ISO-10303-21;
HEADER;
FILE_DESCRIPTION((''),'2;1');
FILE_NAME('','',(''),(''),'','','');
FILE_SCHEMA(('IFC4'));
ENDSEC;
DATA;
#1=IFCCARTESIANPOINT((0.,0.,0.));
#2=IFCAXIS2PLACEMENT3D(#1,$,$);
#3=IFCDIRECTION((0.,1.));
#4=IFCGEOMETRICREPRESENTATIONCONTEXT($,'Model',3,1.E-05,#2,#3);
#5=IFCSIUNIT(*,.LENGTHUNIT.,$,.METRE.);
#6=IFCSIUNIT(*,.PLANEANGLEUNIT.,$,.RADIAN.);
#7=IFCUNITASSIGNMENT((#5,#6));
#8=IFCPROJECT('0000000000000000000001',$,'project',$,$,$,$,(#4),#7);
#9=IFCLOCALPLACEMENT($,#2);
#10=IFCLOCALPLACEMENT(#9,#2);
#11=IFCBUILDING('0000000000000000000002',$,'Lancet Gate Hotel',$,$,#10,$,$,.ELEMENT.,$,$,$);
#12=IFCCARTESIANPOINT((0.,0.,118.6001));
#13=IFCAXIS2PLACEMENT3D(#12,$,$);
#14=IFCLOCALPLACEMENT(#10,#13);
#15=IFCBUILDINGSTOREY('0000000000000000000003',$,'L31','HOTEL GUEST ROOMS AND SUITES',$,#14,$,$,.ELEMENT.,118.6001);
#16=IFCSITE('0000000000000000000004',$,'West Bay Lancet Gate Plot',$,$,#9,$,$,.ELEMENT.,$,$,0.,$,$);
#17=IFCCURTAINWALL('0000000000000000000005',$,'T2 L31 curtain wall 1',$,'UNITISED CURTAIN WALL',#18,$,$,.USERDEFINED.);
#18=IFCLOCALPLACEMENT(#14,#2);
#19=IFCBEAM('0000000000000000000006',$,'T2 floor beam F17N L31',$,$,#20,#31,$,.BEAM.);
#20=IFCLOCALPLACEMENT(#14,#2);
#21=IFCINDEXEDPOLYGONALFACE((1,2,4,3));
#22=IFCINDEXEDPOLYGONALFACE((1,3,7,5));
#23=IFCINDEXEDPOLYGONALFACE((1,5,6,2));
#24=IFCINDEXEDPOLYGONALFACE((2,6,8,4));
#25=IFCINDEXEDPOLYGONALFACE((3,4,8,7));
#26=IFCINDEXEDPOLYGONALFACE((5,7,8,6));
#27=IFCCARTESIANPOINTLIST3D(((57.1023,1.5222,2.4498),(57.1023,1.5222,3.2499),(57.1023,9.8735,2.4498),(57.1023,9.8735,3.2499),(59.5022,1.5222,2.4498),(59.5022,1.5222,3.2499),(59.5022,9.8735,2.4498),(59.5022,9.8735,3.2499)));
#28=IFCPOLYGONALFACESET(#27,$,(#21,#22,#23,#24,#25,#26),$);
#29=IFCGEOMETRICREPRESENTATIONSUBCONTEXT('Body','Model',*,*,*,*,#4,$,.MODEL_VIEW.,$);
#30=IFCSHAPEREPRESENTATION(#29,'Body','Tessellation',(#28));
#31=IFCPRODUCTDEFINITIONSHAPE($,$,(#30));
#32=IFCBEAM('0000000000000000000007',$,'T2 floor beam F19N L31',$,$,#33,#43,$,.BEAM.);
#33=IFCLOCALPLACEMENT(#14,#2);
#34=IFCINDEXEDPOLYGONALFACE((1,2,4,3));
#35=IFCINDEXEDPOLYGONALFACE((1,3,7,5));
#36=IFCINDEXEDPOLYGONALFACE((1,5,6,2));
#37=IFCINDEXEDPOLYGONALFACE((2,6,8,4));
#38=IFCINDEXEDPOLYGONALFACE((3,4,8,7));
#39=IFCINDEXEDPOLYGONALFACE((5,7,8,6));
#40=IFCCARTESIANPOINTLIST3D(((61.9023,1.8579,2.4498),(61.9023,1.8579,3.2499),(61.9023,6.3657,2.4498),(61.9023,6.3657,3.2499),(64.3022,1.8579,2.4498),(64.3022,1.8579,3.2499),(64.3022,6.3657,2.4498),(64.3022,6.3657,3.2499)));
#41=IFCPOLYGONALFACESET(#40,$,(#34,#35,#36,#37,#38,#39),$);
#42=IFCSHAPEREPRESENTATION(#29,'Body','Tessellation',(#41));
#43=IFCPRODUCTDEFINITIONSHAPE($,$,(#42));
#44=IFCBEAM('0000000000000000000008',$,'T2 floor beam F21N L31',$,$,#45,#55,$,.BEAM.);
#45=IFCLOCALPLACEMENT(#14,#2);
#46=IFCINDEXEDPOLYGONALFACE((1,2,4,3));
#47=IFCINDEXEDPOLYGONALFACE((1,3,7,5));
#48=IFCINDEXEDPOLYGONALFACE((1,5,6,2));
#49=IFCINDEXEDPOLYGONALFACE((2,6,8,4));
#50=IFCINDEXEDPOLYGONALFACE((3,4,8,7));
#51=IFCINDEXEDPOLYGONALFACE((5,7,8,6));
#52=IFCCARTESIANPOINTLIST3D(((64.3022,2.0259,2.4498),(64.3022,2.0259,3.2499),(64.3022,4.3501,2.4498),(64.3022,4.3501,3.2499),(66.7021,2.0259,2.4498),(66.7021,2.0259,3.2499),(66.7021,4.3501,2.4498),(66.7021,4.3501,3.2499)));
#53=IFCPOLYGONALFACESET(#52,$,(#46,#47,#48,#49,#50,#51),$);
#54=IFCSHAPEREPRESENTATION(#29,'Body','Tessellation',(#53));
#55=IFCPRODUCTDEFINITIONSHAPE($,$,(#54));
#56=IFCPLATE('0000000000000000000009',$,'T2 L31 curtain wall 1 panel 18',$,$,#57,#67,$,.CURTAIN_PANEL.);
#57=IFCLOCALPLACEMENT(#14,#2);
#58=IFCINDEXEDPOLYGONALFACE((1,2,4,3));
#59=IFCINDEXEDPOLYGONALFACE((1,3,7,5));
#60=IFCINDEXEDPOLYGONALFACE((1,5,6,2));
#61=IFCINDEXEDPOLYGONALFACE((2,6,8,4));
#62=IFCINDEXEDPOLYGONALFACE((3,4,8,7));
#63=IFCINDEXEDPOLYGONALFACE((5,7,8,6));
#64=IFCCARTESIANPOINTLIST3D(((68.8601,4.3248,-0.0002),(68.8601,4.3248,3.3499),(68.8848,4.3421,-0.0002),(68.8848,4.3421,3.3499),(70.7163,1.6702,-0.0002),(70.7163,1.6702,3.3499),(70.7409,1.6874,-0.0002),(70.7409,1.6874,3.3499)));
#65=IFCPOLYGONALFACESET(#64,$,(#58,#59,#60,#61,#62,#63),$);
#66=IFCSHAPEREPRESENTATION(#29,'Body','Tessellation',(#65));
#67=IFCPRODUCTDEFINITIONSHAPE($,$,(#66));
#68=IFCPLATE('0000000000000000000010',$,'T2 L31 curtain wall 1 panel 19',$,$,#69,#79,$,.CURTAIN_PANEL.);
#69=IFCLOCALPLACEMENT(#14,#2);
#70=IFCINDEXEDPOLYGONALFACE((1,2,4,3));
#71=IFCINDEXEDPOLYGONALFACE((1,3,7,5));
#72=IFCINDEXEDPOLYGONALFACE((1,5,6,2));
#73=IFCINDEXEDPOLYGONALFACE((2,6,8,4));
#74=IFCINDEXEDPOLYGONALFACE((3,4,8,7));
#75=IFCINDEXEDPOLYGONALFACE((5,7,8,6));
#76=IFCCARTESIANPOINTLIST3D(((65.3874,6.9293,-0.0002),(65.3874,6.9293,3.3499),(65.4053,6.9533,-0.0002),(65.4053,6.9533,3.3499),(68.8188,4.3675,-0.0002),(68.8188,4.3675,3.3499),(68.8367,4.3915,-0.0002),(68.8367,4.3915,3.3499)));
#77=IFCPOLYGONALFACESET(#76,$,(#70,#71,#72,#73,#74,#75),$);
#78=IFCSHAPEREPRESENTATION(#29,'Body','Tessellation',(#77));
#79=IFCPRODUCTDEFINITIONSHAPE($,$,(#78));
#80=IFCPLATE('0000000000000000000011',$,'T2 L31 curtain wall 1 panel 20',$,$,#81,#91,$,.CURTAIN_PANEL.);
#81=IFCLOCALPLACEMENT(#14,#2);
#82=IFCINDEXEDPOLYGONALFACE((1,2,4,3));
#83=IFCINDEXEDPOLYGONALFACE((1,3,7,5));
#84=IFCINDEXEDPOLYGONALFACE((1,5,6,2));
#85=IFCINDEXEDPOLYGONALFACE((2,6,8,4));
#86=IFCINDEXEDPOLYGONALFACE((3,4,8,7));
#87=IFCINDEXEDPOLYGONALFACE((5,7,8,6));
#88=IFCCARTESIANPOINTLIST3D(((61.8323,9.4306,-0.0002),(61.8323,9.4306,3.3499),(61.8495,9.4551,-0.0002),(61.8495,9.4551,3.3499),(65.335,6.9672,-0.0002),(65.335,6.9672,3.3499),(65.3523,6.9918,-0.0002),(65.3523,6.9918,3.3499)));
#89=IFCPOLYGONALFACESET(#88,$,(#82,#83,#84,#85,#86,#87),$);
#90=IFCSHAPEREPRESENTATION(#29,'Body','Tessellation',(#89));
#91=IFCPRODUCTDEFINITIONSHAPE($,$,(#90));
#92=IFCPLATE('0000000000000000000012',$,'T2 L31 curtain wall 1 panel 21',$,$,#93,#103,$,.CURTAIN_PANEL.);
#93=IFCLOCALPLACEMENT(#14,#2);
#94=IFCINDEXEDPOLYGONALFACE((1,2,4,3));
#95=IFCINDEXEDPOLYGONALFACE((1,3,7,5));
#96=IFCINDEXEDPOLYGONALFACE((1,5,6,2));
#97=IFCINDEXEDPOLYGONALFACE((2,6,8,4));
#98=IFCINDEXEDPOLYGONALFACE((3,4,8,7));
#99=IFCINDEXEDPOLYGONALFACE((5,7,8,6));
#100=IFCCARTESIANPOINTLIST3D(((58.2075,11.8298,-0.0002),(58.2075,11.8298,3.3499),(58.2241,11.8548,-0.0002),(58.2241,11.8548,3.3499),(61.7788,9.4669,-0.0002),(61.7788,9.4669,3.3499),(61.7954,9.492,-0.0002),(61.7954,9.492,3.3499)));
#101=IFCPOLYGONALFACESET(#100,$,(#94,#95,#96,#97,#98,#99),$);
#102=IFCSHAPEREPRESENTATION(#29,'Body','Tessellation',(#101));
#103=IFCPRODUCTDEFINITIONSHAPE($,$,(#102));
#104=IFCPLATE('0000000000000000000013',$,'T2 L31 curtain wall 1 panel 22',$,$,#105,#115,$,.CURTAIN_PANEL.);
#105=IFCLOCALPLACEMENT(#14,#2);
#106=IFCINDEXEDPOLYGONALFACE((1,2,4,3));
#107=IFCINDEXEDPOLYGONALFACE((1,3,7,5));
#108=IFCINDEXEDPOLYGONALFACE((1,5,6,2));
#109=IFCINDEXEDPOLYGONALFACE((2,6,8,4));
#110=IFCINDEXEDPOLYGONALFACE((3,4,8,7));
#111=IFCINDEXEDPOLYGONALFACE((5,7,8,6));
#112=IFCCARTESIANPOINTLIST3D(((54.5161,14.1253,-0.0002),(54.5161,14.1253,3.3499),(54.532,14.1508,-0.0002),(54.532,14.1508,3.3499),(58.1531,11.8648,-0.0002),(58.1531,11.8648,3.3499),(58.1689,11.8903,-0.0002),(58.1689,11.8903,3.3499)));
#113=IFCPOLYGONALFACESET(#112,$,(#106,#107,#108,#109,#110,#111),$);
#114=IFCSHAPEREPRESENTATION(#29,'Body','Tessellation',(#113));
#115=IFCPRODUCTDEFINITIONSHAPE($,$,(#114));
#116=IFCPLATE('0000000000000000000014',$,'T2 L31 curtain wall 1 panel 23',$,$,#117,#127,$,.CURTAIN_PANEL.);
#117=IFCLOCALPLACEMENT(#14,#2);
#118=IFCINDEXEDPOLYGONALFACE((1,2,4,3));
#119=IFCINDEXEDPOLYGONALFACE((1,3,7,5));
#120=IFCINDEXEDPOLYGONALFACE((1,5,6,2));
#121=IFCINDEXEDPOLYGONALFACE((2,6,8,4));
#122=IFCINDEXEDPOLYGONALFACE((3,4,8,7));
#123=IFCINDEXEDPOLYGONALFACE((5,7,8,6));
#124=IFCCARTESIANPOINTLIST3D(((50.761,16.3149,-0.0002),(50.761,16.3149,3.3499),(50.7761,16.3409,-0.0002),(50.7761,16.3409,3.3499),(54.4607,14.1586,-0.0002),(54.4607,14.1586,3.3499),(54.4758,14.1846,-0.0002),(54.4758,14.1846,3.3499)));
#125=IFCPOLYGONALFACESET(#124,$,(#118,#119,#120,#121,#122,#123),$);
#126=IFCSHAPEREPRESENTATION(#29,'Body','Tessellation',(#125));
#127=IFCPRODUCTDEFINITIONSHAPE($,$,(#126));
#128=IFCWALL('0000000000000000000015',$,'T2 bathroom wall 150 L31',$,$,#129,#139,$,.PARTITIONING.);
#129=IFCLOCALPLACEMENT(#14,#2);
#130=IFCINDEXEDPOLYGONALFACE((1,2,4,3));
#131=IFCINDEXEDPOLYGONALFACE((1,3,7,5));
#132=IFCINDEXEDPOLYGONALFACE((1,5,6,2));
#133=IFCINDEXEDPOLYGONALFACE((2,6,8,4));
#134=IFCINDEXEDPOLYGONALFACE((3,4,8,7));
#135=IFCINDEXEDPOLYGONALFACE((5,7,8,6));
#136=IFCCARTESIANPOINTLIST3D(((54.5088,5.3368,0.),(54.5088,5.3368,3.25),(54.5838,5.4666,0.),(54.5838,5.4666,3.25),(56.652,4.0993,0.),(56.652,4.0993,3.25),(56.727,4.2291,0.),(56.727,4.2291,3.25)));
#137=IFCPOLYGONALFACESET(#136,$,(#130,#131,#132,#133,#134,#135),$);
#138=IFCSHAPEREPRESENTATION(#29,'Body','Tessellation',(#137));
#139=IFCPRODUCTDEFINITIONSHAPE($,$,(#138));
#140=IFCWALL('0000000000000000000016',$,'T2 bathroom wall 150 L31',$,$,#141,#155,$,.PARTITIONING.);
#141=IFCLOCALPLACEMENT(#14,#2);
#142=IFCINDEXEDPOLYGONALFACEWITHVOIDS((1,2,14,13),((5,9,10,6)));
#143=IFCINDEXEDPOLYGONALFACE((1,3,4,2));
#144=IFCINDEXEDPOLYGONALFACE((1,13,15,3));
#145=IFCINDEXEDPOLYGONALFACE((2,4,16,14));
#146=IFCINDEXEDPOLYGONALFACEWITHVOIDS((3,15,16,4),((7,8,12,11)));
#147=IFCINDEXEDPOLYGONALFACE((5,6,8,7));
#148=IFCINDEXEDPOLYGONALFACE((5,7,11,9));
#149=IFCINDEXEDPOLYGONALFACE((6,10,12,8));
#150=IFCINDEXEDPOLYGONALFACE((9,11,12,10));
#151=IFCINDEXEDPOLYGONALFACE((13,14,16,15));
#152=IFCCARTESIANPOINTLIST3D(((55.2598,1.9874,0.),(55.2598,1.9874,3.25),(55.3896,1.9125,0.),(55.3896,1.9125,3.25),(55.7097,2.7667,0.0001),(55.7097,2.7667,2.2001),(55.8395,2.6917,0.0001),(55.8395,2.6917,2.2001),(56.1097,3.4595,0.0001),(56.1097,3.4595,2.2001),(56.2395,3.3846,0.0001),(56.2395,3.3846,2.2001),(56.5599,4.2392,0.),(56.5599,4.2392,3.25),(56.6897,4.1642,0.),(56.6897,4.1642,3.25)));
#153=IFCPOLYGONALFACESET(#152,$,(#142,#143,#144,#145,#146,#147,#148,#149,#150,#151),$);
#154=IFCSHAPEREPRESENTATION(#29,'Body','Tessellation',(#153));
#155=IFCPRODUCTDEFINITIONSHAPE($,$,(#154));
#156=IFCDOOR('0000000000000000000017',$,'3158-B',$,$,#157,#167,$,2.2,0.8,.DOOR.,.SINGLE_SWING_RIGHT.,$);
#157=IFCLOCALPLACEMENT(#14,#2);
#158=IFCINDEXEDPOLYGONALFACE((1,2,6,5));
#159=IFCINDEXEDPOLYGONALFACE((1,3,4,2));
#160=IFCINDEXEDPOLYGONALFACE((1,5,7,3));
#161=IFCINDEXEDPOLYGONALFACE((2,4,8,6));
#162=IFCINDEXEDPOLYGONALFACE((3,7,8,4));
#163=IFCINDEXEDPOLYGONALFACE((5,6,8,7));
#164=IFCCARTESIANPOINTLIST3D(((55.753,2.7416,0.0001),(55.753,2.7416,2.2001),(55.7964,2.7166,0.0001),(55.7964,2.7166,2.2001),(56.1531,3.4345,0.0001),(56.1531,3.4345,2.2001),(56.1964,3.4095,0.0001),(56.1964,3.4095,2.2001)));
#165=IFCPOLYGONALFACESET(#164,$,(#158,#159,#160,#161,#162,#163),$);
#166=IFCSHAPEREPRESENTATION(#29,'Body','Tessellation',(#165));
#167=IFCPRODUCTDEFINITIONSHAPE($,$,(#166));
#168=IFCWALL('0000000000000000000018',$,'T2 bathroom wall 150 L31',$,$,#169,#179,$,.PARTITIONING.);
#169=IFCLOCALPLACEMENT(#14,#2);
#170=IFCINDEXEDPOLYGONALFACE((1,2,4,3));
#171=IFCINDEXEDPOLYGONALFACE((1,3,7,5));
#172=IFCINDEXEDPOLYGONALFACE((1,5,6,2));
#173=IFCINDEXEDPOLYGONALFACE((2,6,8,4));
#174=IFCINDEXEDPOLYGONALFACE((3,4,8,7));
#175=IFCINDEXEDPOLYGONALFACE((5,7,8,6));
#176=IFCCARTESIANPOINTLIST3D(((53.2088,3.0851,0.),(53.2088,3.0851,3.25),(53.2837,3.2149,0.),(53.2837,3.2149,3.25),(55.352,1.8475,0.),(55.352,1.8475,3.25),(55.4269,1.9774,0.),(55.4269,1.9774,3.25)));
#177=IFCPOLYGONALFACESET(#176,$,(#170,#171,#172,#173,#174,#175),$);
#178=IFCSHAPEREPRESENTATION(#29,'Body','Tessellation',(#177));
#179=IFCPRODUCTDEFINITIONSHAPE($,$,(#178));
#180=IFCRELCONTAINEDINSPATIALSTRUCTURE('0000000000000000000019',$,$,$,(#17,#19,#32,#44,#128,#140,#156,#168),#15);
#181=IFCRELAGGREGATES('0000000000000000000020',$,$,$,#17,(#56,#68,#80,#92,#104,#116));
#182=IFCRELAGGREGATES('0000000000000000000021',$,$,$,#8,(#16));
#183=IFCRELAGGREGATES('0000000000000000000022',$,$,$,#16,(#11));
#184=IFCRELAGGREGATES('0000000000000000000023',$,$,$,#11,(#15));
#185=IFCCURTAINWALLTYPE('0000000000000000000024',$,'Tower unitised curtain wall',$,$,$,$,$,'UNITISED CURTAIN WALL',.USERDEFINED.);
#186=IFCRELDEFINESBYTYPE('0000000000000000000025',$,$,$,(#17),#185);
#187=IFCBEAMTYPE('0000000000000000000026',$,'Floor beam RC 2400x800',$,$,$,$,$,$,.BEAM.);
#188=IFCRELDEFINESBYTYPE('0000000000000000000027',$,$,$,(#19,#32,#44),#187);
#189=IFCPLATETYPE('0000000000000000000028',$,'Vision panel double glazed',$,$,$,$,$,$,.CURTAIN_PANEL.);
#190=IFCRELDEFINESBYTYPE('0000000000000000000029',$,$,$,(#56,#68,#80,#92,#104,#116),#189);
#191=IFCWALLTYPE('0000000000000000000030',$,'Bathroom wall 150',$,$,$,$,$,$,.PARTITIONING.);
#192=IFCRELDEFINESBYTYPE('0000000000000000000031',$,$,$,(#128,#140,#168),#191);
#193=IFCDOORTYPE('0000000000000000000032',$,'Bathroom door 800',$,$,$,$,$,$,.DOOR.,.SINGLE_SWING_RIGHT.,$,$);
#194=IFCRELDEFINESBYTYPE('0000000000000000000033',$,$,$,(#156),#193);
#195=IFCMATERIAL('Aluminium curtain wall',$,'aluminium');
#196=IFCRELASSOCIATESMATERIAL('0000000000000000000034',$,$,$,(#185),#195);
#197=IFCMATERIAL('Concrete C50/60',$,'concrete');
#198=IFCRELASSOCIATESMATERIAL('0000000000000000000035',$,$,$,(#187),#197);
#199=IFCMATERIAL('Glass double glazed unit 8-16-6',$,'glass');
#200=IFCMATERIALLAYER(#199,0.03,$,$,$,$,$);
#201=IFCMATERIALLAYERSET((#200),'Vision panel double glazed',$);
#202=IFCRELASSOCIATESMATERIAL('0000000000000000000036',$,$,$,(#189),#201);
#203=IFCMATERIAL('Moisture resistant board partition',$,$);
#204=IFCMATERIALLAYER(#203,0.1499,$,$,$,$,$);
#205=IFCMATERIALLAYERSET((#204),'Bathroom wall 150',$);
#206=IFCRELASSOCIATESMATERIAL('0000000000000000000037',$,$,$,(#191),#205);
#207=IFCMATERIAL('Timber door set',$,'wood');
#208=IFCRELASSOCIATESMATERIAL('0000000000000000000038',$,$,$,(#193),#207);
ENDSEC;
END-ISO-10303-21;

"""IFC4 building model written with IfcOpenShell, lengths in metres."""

from ifc_helpers import new_model, si_unit, direction, frame, frame_2d, origin, origin_2d, place, context, subcontext, project, spatial, rectangle, extrude, material, layer, layer_set, material_profile, profile_set, type_object, element, fill, aggregate, save


model = new_model("IFC4")

# Units and contexts
model_context = context("Model", 3, precision=1e-05, world=origin(), true_north=direction((0.0, 1.0)))
body_context = subcontext(model_context, "Body", "Model", "MODEL_VIEW")
ifc_project = project(units=[si_unit("LENGTHUNIT", "METRE"), si_unit("PLANEANGLEUNIT", "RADIAN")], contexts=[model_context])

# Site, building, storey
site_placement = place(None, origin())
site = spatial("IfcSite", under=ifc_project, at=site_placement, Name="West Bay Lancet Gate Plot", CompositionType="ELEMENT", RefElevation=0.0)
building_placement = place(site_placement, origin())
building = spatial("IfcBuilding", under=site, at=building_placement, Name="Lancet Gate Hotel", CompositionType="ELEMENT")
storey_placement = place(building_placement, frame((0.0, 0.0, 118.6001)))
storey = spatial("IfcBuildingStorey", under=building, at=storey_placement, Name="L31", Description="HOTEL GUEST ROOMS AND SUITES", CompositionType="ELEMENT", Elevation=118.6001)

# Curtain wall
ifc_material_1 = material(Name="Aluminium curtain wall", Category="aluminium")
curtain_wall_type = type_object("IfcCurtainWallType", Name="Tower unitised curtain wall", ElementType="UNITISED CURTAIN WALL", PredefinedType="USERDEFINED", material=ifc_material_1)
curtain_wall_placement = place(storey_placement, origin())
curtain_wall = element("IfcCurtainWall", 1, at=curtain_wall_placement, inside=storey, type_object=curtain_wall_type, Name="T2 L31 curtain wall 1", ObjectType="UNITISED CURTAIN WALL", PredefinedType="USERDEFINED")

# Beams
ifc_material_2 = material(Name="Concrete C50/60", Category="concrete")
ifc_material_profile_1 = material_profile(ifc_material_2, rectangle(XDim=2.3999, YDim=0.8, at=origin_2d()), Name="RC 2400x800")
ifc_profile_set_1 = profile_set([ifc_material_profile_1], Name="Concrete C50/60")
beam_type_1 = type_object("IfcBeamType", Name="Floor beam RC 2400x800", PredefinedType="BEAM", material=ifc_profile_set_1)
beam_1_placement = place(storey_placement, frame((58.3022, 1.5222, 2.8499), z_axis=(0.0, 1.0, 0.0), x_axis=(-1.0, 0.0, 0.0)))
element("IfcBeam", 2, at=beam_1_placement, inside=storey, type_object=beam_type_1, Name="T2 floor beam F17N L31", PredefinedType="BEAM", context=body_context, shape_type="SweptSolid", body=[
    extrude(rectangle(XDim=2.3999, YDim=0.8, at=origin_2d()), origin(), (0.0, 0.0, 1.0), 8.3513),
])
beam_2_placement = place(storey_placement, frame((63.1023, 1.8579, 2.8499), z_axis=(0.0, 1.0, 0.0), x_axis=(-1.0, 0.0, 0.0)))
element("IfcBeam", 3, at=beam_2_placement, inside=storey, type_object=beam_type_1, Name="T2 floor beam F19N L31", PredefinedType="BEAM", context=body_context, shape_type="SweptSolid", body=[
    extrude(rectangle(XDim=2.3999, YDim=0.8, at=origin_2d()), origin(), (0.0, 0.0, 1.0), 4.5078),
])
beam_3_placement = place(storey_placement, frame((65.5022, 2.0259, 2.8499), z_axis=(0.0, 1.0, 0.0), x_axis=(-1.0, 0.0, 0.0)))
element("IfcBeam", 4, at=beam_3_placement, inside=storey, type_object=beam_type_1, Name="T2 floor beam F21N L31", PredefinedType="BEAM", context=body_context, shape_type="SweptSolid", body=[
    extrude(rectangle(XDim=2.3999, YDim=0.8, at=origin_2d()), origin(), (0.0, 0.0, 1.0), 2.3242),
])

# Plates
ifc_material_3 = material(Name="Glass double glazed unit 8-16-6", Category="glass")
ifc_layer_1 = layer(ifc_material_3, 0.03)
ifc_layer_set_1 = layer_set([ifc_layer_1], Name="Vision panel double glazed")
plate_type = type_object("IfcPlateType", Name="Vision panel double glazed", PredefinedType="CURTAIN_PANEL", material=ifc_layer_set_1)
plate_1_placement = place(storey_placement, frame((69.8005, 3.0061, -0.0002), z_axis=(0.0, 0.0, 1.0), x_axis=(-0.573025, 0.819538, 0.0)))
plate_1 = element("IfcPlate", 5, at=plate_1_placement, type_object=plate_type, Name="T2 L31 curtain wall 1 panel 18", PredefinedType="CURTAIN_PANEL", context=body_context, shape_type="SweptSolid", body=[
    extrude(rectangle(XDim=3.2393, YDim=0.03, at=origin_2d()), origin(), (0.0, 0.0, 1.0), 3.3501),
])
plate_2_placement = place(storey_placement, frame((67.1121, 5.6604, -0.0002), z_axis=(0.0, 0.0, 1.0), x_axis=(-0.801314, 0.598244, 0.0)))
plate_2 = element("IfcPlate", 6, at=plate_2_placement, type_object=plate_type, Name="T2 L31 curtain wall 1 panel 19", PredefinedType="CURTAIN_PANEL", context=body_context, shape_type="SweptSolid", body=[
    extrude(rectangle(XDim=4.2822, YDim=0.03, at=origin_2d()), origin(), (0.0, 0.0, 1.0), 3.3501),
])
plate_3_placement = place(storey_placement, frame((63.5923, 8.2112, -0.0002), z_axis=(0.0, 0.0, 1.0), x_axis=(-0.817979, 0.575247, 0.0)))
plate_3 = element("IfcPlate", 7, at=plate_3_placement, type_object=plate_type, Name="T2 L31 curtain wall 1 panel 20", PredefinedType="CURTAIN_PANEL", context=body_context, shape_type="SweptSolid", body=[
    extrude(rectangle(XDim=4.2822, YDim=0.03, at=origin_2d()), origin(), (0.0, 0.0, 1.0), 3.3501),
])
plate_4_placement = place(storey_placement, frame((60.0015, 10.6609, -0.0002), z_axis=(0.0, 0.0, 1.0), x_axis=(-0.833985, 0.551787, 0.0)))
plate_4 = element("IfcPlate", 8, at=plate_4_placement, type_object=plate_type, Name="T2 L31 curtain wall 1 panel 21", PredefinedType="CURTAIN_PANEL", context=body_context, shape_type="SweptSolid", body=[
    extrude(rectangle(XDim=4.2822, YDim=0.03, at=origin_2d()), origin(), (0.0, 0.0, 1.0), 3.3501),
])
plate_5_placement = place(storey_placement, frame((56.3425, 13.0078, -0.0002), z_axis=(0.0, 0.0, 1.0), x_axis=(-0.849318, 0.527882, 0.0)))
plate_5 = element("IfcPlate", 9, at=plate_5_placement, type_object=plate_type, Name="T2 L31 curtain wall 1 panel 22", PredefinedType="CURTAIN_PANEL", context=body_context, shape_type="SweptSolid", body=[
    extrude(rectangle(XDim=4.2822, YDim=0.03, at=origin_2d()), origin(), (0.0, 0.0, 1.0), 3.3501),
])
plate_6_placement = place(storey_placement, frame((52.6184, 15.2498, -0.0002), z_axis=(0.0, 0.0, 1.0), x_axis=(-0.863966, 0.503551, 0.0)))
plate_6 = element("IfcPlate", 10, at=plate_6_placement, type_object=plate_type, Name="T2 L31 curtain wall 1 panel 23", PredefinedType="CURTAIN_PANEL", context=body_context, shape_type="SweptSolid", body=[
    extrude(rectangle(XDim=4.2822, YDim=0.03, at=origin_2d()), origin(), (0.0, 0.0, 1.0), 3.3501),
])
aggregate(curtain_wall, [plate_1, plate_2, plate_3, plate_4, plate_5, plate_6])

# Wall
ifc_material_4 = material(Name="Moisture resistant board partition")
ifc_layer_2 = layer(ifc_material_4, 0.1499)
ifc_layer_set_2 = layer_set([ifc_layer_2], Name="Bathroom wall 150")
wall_type = type_object("IfcWallType", Name="Bathroom wall 150", PredefinedType="PARTITIONING", material=ifc_layer_set_2)
wall_1_placement = place(storey_placement, frame((54.5464, 5.4016, 0.0), z_axis=(0.0, 0.0, 1.0), x_axis=(0.866007, -0.500033, 0.0)))
element("IfcWall", 11, at=wall_1_placement, inside=storey, type_object=wall_type, Name="T2 bathroom wall 150 L31", PredefinedType="PARTITIONING", context=body_context, shape_type="SweptSolid", body=[
    extrude(rectangle(XDim=2.4749, YDim=0.1499, at=frame_2d((1.2373, 0.0))), origin(), (0.0, 0.0, 1.0), 3.25),
])

# Wall, opening, door
wall_2_placement = place(storey_placement, frame((55.3247, 1.95, 0.0), z_axis=(0.0, 0.0, 1.0), x_axis=(0.500007, 0.866021, 0.0)))
wall_2 = element("IfcWall", 12, at=wall_2_placement, inside=storey, type_object=wall_type, Name="T2 bathroom wall 150 L31", PredefinedType="PARTITIONING", context=body_context, shape_type="SweptSolid", body=[
    extrude(rectangle(XDim=2.6001, YDim=0.1499, at=frame_2d((1.3, 0.0))), origin(), (0.0, 0.0, 1.0), 3.25),
])
opening_placement = place(wall_2_placement, frame((0.8999, 0.0, 0.0)))
opening = element("IfcOpeningElement", 13, at=opening_placement, cuts=wall_2, PredefinedType="OPENING", context=body_context, shape_type="SweptSolid", body=[
    extrude(rectangle(XDim=0.8, YDim=2.2, at=frame_2d((0.3999, 1.1001))), frame((0.0, 0.085, 0.0), z_axis=(0.0, -1.0, 0.0), x_axis=(1.0, 0.0, 0.0)), (0.0, 0.0, 1.0), 0.1699),
])
ifc_material_5 = material(Name="Timber door set", Category="wood")
door_type = type_object("IfcDoorType", Name="Bathroom door 800", OperationType="SINGLE_SWING_RIGHT", PredefinedType="DOOR", material=ifc_material_5)
door_placement = place(opening_placement, origin())
door = element("IfcDoor", 14, at=door_placement, inside=storey, type_object=door_type, Name="3158-B", OperationType="SINGLE_SWING_RIGHT", OverallHeight=2.2, OverallWidth=0.8, PredefinedType="DOOR", context=body_context, shape_type="SweptSolid", body=[
    extrude(rectangle(XDim=0.8, YDim=2.2, at=frame_2d((0.3999, 1.1001))), frame((0.0, 0.0249, 0.0), z_axis=(0.0, -1.0, 0.0), x_axis=(1.0, 0.0, 0.0)), (0.0, 0.0, 1.0), 0.05),
])
fill(opening, door)

# Wall
wall_3_placement = place(storey_placement, frame((53.2463, 3.1499, 0.0), z_axis=(0.0, 0.0, 1.0), x_axis=(0.866007, -0.500033, 0.0)))
element("IfcWall", 15, at=wall_3_placement, inside=storey, type_object=wall_type, Name="T2 bathroom wall 150 L31", PredefinedType="PARTITIONING", context=body_context, shape_type="SweptSolid", body=[
    extrude(rectangle(XDim=2.4749, YDim=0.1499, at=frame_2d((1.2373, 0.0))), origin(), (0.0, 0.0, 1.0), 3.25),
])

save(model, "model.ifc")
